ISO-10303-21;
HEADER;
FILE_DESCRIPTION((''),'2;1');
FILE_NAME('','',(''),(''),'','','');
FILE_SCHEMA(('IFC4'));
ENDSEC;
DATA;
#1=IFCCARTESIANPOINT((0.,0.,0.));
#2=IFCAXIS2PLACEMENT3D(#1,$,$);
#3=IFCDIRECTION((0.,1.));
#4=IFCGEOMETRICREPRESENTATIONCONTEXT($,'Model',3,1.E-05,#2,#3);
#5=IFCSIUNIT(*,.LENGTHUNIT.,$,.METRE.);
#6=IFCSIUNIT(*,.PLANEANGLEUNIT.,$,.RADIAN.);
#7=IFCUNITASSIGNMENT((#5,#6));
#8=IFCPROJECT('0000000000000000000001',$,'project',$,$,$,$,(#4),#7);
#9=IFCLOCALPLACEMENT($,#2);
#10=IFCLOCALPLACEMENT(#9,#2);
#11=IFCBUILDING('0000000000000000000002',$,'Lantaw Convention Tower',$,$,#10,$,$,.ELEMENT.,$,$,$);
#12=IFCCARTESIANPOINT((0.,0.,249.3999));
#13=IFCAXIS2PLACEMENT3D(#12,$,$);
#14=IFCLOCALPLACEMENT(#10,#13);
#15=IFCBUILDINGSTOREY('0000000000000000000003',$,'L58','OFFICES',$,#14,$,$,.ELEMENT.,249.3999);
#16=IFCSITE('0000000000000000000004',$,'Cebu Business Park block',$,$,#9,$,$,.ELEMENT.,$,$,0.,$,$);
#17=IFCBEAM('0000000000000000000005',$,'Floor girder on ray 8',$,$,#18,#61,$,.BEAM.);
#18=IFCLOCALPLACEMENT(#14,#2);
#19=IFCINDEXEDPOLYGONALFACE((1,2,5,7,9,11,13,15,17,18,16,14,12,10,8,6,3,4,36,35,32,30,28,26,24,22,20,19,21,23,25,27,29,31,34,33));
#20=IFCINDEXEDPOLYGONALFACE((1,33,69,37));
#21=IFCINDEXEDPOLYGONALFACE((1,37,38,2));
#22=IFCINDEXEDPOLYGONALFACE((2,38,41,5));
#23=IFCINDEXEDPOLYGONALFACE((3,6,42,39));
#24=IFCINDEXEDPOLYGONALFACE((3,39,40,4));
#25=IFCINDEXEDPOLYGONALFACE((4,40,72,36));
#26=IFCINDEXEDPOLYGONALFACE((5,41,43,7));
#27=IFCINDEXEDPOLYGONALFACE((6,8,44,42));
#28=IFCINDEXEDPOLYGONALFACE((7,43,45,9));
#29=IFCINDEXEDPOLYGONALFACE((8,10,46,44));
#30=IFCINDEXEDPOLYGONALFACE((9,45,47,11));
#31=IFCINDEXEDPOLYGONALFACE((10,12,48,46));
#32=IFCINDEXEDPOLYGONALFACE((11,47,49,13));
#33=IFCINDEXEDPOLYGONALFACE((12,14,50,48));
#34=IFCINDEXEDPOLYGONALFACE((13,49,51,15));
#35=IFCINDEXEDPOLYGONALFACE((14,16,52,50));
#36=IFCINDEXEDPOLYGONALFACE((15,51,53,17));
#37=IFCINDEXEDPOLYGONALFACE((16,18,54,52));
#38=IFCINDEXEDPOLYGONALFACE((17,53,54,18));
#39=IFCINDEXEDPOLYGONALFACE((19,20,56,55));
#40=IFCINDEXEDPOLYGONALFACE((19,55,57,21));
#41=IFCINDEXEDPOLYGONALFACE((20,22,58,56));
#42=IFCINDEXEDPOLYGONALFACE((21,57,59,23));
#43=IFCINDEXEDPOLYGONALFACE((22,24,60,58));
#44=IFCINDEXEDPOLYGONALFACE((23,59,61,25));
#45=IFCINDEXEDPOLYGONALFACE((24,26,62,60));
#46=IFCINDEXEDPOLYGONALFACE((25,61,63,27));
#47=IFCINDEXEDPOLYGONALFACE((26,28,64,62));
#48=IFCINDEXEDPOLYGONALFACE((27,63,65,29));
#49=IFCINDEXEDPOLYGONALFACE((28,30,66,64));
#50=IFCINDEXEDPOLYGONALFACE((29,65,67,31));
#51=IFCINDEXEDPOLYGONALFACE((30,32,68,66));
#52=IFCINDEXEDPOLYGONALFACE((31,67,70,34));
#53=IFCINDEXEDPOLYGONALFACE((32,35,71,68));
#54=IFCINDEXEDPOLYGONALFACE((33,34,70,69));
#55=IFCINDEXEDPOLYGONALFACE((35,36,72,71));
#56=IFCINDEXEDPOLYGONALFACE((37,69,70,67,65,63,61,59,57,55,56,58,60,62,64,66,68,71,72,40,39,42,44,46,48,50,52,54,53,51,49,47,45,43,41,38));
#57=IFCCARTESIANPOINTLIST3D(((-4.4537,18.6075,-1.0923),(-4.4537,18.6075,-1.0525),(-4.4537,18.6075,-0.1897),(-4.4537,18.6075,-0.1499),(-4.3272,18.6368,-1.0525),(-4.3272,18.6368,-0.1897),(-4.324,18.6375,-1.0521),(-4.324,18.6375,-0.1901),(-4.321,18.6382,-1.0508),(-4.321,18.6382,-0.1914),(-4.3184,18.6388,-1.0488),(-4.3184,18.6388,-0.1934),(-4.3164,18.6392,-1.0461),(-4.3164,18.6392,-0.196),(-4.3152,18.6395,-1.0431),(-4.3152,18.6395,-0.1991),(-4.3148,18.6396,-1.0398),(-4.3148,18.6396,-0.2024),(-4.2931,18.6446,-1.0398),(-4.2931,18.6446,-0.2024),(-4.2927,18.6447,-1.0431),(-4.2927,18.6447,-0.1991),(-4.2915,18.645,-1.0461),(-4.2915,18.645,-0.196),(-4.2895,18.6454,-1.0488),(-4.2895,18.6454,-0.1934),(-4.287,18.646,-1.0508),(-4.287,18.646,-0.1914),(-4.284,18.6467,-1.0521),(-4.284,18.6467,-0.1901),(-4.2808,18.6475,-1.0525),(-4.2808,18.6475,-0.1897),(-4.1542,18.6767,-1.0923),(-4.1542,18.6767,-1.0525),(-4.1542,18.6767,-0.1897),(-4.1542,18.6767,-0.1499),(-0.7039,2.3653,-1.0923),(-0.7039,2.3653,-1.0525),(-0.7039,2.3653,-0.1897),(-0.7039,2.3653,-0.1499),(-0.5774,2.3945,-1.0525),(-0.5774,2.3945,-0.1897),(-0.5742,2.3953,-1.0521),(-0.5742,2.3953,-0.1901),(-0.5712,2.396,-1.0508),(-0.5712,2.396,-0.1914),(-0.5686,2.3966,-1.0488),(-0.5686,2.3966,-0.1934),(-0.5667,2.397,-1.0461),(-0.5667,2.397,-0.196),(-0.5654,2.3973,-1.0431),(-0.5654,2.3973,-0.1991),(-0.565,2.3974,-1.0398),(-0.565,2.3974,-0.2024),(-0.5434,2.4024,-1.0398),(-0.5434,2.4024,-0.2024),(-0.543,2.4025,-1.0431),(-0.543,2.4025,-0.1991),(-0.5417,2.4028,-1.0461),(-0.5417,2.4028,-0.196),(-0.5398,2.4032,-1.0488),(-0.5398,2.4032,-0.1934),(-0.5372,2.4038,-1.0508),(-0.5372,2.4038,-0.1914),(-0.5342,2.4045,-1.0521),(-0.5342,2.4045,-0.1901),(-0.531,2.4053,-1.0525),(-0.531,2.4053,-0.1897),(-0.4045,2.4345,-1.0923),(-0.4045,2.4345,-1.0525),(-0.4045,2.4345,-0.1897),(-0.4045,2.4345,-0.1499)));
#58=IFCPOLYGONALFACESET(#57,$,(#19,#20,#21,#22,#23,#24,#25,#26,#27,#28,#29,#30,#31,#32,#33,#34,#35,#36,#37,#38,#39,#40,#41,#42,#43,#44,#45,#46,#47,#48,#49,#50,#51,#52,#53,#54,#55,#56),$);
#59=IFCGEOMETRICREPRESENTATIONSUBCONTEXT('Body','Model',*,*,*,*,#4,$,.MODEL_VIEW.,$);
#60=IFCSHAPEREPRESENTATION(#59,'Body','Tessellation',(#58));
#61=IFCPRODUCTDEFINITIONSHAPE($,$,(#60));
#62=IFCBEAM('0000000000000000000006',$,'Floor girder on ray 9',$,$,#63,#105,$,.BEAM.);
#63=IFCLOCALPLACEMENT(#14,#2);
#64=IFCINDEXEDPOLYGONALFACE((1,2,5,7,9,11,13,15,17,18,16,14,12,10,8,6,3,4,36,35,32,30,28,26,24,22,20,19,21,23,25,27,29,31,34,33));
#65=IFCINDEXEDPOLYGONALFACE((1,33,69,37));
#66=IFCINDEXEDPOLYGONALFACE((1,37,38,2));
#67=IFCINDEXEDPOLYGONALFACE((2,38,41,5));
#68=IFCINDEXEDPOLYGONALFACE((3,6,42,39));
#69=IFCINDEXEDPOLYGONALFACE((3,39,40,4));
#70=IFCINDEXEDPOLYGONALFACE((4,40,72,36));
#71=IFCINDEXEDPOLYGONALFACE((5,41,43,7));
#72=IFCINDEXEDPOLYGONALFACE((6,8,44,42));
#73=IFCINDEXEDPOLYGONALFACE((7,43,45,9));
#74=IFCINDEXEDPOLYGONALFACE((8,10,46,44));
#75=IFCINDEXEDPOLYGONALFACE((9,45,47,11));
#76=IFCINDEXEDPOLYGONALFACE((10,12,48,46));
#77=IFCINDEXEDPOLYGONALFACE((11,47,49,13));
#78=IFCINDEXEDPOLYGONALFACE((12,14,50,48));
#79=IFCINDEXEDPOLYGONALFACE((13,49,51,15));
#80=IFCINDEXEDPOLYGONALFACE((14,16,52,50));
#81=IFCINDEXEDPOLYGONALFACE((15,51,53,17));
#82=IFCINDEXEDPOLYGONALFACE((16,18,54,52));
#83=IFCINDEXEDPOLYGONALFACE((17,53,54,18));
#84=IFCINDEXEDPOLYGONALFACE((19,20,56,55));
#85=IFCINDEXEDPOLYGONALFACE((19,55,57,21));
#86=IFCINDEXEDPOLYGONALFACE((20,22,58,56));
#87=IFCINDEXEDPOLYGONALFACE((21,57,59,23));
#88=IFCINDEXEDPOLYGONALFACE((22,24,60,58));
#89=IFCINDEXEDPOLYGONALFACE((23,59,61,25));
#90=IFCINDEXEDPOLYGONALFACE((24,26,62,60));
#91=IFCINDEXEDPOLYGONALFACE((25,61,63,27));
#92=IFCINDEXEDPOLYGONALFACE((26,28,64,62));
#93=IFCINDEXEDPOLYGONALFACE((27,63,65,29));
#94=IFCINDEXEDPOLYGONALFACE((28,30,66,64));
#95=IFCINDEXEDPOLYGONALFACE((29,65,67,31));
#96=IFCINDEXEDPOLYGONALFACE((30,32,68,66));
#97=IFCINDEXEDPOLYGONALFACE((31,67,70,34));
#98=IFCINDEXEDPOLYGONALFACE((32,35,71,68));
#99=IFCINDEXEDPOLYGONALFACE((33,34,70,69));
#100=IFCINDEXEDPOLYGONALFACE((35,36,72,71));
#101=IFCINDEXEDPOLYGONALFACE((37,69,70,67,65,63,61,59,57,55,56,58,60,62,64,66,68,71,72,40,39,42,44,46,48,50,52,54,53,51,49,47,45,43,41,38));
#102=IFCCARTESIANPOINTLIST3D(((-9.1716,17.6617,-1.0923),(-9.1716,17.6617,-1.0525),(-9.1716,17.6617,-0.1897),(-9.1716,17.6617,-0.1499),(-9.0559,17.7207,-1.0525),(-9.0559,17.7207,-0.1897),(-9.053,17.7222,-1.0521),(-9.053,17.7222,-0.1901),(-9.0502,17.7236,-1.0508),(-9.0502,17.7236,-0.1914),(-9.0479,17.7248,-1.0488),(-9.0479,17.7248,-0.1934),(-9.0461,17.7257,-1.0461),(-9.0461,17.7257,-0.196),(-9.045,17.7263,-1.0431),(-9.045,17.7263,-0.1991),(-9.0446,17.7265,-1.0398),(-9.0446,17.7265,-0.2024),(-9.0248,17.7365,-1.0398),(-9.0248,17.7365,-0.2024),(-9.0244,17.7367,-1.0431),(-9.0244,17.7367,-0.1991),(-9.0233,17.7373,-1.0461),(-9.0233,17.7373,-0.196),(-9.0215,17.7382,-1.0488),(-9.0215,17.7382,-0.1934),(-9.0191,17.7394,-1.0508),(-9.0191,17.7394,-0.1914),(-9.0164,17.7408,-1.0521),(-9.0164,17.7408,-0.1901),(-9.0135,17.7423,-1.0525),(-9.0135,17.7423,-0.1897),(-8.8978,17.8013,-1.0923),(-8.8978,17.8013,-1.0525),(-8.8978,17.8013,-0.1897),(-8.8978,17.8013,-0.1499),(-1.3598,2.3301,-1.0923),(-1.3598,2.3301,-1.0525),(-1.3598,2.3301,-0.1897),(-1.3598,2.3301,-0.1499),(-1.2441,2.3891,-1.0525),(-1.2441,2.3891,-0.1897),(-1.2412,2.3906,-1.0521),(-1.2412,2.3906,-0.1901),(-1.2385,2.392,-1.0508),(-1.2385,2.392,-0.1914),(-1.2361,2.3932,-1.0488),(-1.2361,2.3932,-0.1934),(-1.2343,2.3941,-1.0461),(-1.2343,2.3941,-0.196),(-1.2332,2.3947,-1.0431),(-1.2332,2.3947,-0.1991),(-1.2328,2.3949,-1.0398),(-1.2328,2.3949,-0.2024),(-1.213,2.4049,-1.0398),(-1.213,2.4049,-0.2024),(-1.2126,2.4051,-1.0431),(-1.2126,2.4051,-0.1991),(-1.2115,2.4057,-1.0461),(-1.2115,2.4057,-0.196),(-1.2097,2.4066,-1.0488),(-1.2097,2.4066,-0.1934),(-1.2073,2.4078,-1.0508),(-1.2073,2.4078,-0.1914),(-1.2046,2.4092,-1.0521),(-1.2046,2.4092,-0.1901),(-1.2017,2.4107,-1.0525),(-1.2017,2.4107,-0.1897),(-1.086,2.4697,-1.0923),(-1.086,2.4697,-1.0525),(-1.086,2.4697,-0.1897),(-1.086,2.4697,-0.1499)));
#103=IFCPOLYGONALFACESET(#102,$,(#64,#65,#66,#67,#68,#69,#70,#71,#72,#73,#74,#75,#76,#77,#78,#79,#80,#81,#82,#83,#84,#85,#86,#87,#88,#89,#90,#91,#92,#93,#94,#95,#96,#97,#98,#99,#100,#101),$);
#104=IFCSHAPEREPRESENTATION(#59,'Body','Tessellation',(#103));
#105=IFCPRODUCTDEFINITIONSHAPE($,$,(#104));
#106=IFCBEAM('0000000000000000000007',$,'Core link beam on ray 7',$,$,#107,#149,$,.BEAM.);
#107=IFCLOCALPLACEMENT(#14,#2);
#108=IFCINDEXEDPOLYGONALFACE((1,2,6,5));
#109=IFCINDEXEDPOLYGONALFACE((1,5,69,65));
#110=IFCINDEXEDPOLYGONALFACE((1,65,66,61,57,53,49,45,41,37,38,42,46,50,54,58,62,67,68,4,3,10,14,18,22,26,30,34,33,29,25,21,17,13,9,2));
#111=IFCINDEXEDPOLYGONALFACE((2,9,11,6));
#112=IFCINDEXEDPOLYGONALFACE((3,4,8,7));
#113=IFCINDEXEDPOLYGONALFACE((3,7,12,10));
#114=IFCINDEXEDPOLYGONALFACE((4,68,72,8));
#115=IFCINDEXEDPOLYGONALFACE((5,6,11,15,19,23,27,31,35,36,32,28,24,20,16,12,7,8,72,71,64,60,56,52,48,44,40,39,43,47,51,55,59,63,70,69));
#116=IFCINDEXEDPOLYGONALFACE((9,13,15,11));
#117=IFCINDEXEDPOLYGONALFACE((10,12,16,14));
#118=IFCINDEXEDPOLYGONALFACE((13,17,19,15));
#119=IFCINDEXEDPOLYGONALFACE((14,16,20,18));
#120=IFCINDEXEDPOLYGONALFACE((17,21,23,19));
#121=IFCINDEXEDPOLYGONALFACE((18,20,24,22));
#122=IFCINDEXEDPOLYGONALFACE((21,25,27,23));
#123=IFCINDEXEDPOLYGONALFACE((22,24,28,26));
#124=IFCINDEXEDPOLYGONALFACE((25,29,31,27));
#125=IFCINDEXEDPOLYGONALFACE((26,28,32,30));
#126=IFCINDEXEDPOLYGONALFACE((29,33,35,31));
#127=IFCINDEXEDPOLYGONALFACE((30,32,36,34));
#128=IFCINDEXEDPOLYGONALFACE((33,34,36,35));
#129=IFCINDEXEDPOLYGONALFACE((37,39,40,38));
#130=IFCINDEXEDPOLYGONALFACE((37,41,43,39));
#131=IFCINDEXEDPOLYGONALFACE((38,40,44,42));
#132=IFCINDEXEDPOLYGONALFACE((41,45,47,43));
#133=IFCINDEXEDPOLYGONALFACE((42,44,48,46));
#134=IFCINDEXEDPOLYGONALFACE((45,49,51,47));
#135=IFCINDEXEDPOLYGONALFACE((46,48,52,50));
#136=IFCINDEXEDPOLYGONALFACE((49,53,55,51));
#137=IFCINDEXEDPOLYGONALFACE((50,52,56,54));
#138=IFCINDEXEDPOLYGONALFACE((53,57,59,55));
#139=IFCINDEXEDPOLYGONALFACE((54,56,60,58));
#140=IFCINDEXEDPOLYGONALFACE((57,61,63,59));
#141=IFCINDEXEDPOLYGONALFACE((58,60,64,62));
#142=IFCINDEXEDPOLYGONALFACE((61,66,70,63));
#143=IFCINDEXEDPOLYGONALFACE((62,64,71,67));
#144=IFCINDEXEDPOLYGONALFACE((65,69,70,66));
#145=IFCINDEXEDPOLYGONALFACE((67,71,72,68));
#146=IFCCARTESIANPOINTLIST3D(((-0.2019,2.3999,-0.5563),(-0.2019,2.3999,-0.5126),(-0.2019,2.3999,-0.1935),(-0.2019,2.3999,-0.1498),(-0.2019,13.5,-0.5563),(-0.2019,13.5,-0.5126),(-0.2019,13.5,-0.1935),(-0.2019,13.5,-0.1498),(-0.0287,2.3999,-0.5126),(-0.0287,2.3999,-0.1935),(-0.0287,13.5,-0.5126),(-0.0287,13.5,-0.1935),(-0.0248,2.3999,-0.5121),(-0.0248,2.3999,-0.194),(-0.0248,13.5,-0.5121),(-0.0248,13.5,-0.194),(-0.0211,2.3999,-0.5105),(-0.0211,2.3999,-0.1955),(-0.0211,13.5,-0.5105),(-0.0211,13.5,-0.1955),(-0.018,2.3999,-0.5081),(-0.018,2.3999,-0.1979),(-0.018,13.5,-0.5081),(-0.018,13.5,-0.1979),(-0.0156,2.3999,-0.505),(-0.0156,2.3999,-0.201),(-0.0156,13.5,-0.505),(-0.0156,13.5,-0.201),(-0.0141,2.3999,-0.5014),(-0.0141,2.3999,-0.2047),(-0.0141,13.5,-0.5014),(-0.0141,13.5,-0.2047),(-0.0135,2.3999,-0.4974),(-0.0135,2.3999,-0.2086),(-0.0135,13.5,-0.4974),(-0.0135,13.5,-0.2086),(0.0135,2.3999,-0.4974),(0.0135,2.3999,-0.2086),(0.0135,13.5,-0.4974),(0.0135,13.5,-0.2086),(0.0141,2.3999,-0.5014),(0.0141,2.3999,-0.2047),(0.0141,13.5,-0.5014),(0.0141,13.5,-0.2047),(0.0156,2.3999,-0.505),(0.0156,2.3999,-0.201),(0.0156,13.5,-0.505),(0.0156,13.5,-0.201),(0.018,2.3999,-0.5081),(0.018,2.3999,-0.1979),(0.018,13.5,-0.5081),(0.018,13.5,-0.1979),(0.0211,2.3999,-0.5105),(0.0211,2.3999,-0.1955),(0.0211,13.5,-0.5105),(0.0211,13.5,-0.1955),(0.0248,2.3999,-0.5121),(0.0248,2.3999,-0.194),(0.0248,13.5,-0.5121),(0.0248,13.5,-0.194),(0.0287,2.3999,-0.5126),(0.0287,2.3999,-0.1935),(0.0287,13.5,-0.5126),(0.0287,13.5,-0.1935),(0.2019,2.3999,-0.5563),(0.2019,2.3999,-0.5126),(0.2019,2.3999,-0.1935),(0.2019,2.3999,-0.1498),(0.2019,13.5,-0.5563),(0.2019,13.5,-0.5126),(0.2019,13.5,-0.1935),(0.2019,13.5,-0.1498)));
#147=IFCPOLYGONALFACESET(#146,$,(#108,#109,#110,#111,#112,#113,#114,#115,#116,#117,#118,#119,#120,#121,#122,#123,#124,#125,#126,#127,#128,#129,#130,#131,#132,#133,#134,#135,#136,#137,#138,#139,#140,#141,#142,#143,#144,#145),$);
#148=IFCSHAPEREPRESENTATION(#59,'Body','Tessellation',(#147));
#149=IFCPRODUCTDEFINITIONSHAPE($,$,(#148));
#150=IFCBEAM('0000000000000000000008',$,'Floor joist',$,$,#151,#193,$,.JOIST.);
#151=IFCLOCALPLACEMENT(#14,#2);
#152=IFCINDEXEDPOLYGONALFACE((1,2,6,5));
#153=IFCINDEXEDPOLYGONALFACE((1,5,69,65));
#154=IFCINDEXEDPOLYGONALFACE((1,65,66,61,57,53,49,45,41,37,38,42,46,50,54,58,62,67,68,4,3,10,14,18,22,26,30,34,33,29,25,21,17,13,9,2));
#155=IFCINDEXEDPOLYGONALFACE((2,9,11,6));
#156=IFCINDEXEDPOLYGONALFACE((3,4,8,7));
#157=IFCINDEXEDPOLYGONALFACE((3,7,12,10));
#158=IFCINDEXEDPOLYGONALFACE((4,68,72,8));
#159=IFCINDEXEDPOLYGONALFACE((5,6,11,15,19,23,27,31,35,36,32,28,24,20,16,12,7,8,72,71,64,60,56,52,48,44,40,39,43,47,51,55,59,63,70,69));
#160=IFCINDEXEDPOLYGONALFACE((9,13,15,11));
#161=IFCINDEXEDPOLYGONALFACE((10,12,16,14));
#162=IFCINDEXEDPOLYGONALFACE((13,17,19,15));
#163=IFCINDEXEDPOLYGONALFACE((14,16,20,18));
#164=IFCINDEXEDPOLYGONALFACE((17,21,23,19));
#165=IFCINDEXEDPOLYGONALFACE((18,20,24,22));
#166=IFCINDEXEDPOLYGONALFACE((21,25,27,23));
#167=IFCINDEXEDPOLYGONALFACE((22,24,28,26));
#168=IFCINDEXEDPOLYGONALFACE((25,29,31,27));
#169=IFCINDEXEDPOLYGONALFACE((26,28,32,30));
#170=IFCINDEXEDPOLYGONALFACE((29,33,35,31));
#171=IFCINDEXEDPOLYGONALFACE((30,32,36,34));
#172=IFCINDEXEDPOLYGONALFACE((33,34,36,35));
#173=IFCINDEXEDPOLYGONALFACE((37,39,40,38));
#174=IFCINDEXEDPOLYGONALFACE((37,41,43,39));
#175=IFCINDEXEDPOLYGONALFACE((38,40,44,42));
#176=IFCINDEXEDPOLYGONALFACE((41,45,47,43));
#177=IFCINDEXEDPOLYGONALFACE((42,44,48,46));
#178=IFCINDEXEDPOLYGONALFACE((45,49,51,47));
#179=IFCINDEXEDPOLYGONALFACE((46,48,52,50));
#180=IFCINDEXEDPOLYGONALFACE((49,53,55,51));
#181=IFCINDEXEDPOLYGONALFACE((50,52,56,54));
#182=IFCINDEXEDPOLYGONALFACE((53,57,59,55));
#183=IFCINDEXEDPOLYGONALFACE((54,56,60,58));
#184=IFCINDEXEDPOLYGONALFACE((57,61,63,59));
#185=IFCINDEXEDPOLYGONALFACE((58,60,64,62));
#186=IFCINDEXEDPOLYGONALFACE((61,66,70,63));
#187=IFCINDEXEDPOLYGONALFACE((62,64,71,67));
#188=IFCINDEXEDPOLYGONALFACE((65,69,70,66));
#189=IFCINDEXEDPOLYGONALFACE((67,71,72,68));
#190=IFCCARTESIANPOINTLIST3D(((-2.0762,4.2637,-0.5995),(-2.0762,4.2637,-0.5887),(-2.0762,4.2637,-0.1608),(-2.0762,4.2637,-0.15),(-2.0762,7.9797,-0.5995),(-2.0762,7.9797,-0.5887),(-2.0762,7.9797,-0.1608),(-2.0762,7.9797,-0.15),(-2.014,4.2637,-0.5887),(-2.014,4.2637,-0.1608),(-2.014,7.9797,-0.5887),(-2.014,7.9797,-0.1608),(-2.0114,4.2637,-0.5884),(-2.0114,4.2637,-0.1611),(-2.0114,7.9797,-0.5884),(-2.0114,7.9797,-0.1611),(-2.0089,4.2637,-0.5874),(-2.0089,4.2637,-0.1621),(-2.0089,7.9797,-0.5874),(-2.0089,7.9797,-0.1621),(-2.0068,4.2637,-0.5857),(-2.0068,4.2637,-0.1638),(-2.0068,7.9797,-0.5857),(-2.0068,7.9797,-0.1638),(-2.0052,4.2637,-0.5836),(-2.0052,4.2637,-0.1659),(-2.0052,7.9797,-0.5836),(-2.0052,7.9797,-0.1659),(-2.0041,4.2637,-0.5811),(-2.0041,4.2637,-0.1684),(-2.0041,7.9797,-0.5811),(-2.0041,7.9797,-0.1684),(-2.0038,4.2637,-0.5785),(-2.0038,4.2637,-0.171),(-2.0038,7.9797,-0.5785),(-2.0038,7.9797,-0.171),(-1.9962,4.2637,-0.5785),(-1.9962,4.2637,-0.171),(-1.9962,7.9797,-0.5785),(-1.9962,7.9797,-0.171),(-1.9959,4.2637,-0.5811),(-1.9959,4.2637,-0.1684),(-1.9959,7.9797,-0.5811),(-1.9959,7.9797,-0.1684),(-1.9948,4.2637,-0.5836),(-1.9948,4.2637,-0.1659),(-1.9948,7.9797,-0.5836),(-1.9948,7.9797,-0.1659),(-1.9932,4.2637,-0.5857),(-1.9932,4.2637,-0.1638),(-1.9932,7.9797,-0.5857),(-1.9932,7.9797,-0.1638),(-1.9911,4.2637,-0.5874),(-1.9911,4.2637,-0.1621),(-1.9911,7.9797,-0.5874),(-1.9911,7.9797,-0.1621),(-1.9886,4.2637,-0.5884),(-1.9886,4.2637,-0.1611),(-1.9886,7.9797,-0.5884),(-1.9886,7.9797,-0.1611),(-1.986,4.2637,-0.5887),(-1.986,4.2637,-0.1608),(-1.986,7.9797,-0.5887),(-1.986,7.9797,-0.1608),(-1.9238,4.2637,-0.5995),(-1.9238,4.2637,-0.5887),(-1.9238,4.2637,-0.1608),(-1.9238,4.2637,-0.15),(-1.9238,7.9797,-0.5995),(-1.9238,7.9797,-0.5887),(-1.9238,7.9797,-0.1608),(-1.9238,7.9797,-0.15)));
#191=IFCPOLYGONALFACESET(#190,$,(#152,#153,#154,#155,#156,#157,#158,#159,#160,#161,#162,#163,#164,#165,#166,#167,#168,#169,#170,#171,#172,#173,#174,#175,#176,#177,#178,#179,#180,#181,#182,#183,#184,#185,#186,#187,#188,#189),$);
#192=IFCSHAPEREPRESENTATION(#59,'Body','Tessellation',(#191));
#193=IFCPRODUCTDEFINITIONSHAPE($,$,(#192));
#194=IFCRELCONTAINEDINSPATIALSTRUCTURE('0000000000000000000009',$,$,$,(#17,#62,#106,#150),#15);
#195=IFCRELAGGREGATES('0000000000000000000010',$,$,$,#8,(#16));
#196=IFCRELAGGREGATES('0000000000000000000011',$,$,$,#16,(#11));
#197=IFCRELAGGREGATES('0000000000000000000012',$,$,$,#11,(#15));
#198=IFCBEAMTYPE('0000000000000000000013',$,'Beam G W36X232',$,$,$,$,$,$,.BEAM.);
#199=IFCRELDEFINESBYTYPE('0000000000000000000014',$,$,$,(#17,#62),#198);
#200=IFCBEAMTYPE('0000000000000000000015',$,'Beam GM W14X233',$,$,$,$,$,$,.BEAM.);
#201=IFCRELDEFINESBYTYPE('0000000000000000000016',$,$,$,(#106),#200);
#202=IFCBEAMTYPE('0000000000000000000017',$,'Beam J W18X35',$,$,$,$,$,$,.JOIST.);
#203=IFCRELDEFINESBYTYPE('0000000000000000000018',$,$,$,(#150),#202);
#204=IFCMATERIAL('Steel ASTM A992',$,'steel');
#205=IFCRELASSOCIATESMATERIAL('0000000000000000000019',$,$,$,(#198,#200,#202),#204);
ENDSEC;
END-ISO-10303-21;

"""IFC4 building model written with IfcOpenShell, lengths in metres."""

from ifc_helpers import new_model, si_unit, direction, frame, origin, origin_2d, place, context, subcontext, project, spatial, i_section, extrude, material, material_profile, profile_set, type_object, element, save


model = new_model("IFC4")

# Units and contexts
model_context = context("Model", 3, precision=1e-05, world=origin(), true_north=direction((0.0, 1.0)))
body_context = subcontext(model_context, "Body", "Model", "MODEL_VIEW")
ifc_project = project(units=[si_unit("LENGTHUNIT", "METRE"), si_unit("PLANEANGLEUNIT", "RADIAN")], contexts=[model_context])

# Site, building, storey
site_placement = place(None, origin())
site = spatial("IfcSite", under=ifc_project, at=site_placement, Name="Cebu Business Park block", CompositionType="ELEMENT", RefElevation=0.0)
building_placement = place(site_placement, origin())
building = spatial("IfcBuilding", under=site, at=building_placement, Name="Lantaw Convention Tower", CompositionType="ELEMENT")
storey_placement = place(building_placement, frame((0.0, 0.0, 249.3999)))
storey = spatial("IfcBuildingStorey", under=building, at=storey_placement, Name="L58", Description="OFFICES", CompositionType="ELEMENT", Elevation=249.3999)

# Beams
ifc_material_1 = material(Name="Steel ASTM A992", Category="steel")
ifc_material_profile_1 = material_profile(ifc_material_1, i_section(OverallWidth=0.3074, OverallDepth=0.9424, WebThickness=0.0222, FlangeThickness=0.0398, FilletRadius=0.0127, at=origin_2d()), Name="W36X232")
ifc_profile_set_1 = profile_set([ifc_material_profile_1], Name="Steel ASTM A992")
beam_type_1 = type_object("IfcBeamType", Name="Beam G W36X232", PredefinedType="BEAM", material=ifc_profile_set_1)
beam_1_placement = place(storey_placement, frame((-0.5542, 2.3999, -0.6211), z_axis=(-0.224948, 0.974371, 0.0), x_axis=(-0.974371, -0.224948, 0.0)))
element("IfcBeam", 1, at=beam_1_placement, inside=storey, type_object=beam_type_1, Name="Floor girder on ray 8", PredefinedType="BEAM", context=body_context, shape_type="SweptSolid", body=[
    extrude(i_section(OverallWidth=0.3074, OverallDepth=0.9424, WebThickness=0.0222, FlangeThickness=0.0398, FilletRadius=0.0127, at=origin_2d()), origin(), (0.0, 0.0, 1.0), 16.6694),
])
beam_2_placement = place(storey_placement, frame((-1.2229, 2.3999, -0.6211), z_axis=(-0.453988, 0.891008, 0.0), x_axis=(-0.891008, -0.453988, 0.0)))
element("IfcBeam", 2, at=beam_2_placement, inside=storey, type_object=beam_type_1, Name="Floor girder on ray 9", PredefinedType="BEAM", context=body_context, shape_type="SweptSolid", body=[
    extrude(i_section(OverallWidth=0.3074, OverallDepth=0.9424, WebThickness=0.0222, FlangeThickness=0.0398, FilletRadius=0.0127, at=origin_2d()), origin(), (0.0, 0.0, 1.0), 17.207),
])
ifc_material_profile_2 = material_profile(ifc_material_1, i_section(OverallWidth=0.4038, OverallDepth=0.4065, WebThickness=0.0271, FlangeThickness=0.0437, FilletRadius=0.0151, at=origin_2d()), Name="W14X233")
ifc_profile_set_2 = profile_set([ifc_material_profile_2], Name="Steel ASTM A992")
beam_type_2 = type_object("IfcBeamType", Name="Beam GM W14X233", PredefinedType="BEAM", material=ifc_profile_set_2)
beam_3_placement = place(storey_placement, frame((0.0, 2.3999, -0.353), z_axis=(0.0, 1.0, 0.0), x_axis=(-1.0, 0.0, 0.0)))
element("IfcBeam", 3, at=beam_3_placement, inside=storey, type_object=beam_type_2, Name="Core link beam on ray 7", PredefinedType="BEAM", context=body_context, shape_type="SweptSolid", body=[
    extrude(i_section(OverallWidth=0.4038, OverallDepth=0.4065, WebThickness=0.0271, FlangeThickness=0.0437, FilletRadius=0.0151, at=origin_2d()), origin(), (0.0, 0.0, 1.0), 11.1001),
])
ifc_material_profile_3 = material_profile(ifc_material_1, i_section(OverallWidth=0.1523, OverallDepth=0.4495, WebThickness=0.0076, FlangeThickness=0.0107, FilletRadius=0.0103, at=origin_2d()), Name="W18X35")
ifc_profile_set_3 = profile_set([ifc_material_profile_3], Name="Steel ASTM A992")
beam_type_3 = type_object("IfcBeamType", Name="Beam J W18X35", PredefinedType="JOIST", material=ifc_profile_set_3)
beam_4_placement = place(storey_placement, frame((-2.0, 4.2637, -0.3748), z_axis=(0.0, 1.0, 0.0), x_axis=(-1.0, 0.0, 0.0)))
element("IfcBeam", 4, at=beam_4_placement, inside=storey, type_object=beam_type_3, Name="Floor joist", PredefinedType="JOIST", context=body_context, shape_type="SweptSolid", body=[
    extrude(i_section(OverallWidth=0.1523, OverallDepth=0.4495, WebThickness=0.0076, FlangeThickness=0.0107, FilletRadius=0.0103, at=origin_2d()), origin(), (0.0, 0.0, 1.0), 3.7161),
])

save(model, "model.ifc")
